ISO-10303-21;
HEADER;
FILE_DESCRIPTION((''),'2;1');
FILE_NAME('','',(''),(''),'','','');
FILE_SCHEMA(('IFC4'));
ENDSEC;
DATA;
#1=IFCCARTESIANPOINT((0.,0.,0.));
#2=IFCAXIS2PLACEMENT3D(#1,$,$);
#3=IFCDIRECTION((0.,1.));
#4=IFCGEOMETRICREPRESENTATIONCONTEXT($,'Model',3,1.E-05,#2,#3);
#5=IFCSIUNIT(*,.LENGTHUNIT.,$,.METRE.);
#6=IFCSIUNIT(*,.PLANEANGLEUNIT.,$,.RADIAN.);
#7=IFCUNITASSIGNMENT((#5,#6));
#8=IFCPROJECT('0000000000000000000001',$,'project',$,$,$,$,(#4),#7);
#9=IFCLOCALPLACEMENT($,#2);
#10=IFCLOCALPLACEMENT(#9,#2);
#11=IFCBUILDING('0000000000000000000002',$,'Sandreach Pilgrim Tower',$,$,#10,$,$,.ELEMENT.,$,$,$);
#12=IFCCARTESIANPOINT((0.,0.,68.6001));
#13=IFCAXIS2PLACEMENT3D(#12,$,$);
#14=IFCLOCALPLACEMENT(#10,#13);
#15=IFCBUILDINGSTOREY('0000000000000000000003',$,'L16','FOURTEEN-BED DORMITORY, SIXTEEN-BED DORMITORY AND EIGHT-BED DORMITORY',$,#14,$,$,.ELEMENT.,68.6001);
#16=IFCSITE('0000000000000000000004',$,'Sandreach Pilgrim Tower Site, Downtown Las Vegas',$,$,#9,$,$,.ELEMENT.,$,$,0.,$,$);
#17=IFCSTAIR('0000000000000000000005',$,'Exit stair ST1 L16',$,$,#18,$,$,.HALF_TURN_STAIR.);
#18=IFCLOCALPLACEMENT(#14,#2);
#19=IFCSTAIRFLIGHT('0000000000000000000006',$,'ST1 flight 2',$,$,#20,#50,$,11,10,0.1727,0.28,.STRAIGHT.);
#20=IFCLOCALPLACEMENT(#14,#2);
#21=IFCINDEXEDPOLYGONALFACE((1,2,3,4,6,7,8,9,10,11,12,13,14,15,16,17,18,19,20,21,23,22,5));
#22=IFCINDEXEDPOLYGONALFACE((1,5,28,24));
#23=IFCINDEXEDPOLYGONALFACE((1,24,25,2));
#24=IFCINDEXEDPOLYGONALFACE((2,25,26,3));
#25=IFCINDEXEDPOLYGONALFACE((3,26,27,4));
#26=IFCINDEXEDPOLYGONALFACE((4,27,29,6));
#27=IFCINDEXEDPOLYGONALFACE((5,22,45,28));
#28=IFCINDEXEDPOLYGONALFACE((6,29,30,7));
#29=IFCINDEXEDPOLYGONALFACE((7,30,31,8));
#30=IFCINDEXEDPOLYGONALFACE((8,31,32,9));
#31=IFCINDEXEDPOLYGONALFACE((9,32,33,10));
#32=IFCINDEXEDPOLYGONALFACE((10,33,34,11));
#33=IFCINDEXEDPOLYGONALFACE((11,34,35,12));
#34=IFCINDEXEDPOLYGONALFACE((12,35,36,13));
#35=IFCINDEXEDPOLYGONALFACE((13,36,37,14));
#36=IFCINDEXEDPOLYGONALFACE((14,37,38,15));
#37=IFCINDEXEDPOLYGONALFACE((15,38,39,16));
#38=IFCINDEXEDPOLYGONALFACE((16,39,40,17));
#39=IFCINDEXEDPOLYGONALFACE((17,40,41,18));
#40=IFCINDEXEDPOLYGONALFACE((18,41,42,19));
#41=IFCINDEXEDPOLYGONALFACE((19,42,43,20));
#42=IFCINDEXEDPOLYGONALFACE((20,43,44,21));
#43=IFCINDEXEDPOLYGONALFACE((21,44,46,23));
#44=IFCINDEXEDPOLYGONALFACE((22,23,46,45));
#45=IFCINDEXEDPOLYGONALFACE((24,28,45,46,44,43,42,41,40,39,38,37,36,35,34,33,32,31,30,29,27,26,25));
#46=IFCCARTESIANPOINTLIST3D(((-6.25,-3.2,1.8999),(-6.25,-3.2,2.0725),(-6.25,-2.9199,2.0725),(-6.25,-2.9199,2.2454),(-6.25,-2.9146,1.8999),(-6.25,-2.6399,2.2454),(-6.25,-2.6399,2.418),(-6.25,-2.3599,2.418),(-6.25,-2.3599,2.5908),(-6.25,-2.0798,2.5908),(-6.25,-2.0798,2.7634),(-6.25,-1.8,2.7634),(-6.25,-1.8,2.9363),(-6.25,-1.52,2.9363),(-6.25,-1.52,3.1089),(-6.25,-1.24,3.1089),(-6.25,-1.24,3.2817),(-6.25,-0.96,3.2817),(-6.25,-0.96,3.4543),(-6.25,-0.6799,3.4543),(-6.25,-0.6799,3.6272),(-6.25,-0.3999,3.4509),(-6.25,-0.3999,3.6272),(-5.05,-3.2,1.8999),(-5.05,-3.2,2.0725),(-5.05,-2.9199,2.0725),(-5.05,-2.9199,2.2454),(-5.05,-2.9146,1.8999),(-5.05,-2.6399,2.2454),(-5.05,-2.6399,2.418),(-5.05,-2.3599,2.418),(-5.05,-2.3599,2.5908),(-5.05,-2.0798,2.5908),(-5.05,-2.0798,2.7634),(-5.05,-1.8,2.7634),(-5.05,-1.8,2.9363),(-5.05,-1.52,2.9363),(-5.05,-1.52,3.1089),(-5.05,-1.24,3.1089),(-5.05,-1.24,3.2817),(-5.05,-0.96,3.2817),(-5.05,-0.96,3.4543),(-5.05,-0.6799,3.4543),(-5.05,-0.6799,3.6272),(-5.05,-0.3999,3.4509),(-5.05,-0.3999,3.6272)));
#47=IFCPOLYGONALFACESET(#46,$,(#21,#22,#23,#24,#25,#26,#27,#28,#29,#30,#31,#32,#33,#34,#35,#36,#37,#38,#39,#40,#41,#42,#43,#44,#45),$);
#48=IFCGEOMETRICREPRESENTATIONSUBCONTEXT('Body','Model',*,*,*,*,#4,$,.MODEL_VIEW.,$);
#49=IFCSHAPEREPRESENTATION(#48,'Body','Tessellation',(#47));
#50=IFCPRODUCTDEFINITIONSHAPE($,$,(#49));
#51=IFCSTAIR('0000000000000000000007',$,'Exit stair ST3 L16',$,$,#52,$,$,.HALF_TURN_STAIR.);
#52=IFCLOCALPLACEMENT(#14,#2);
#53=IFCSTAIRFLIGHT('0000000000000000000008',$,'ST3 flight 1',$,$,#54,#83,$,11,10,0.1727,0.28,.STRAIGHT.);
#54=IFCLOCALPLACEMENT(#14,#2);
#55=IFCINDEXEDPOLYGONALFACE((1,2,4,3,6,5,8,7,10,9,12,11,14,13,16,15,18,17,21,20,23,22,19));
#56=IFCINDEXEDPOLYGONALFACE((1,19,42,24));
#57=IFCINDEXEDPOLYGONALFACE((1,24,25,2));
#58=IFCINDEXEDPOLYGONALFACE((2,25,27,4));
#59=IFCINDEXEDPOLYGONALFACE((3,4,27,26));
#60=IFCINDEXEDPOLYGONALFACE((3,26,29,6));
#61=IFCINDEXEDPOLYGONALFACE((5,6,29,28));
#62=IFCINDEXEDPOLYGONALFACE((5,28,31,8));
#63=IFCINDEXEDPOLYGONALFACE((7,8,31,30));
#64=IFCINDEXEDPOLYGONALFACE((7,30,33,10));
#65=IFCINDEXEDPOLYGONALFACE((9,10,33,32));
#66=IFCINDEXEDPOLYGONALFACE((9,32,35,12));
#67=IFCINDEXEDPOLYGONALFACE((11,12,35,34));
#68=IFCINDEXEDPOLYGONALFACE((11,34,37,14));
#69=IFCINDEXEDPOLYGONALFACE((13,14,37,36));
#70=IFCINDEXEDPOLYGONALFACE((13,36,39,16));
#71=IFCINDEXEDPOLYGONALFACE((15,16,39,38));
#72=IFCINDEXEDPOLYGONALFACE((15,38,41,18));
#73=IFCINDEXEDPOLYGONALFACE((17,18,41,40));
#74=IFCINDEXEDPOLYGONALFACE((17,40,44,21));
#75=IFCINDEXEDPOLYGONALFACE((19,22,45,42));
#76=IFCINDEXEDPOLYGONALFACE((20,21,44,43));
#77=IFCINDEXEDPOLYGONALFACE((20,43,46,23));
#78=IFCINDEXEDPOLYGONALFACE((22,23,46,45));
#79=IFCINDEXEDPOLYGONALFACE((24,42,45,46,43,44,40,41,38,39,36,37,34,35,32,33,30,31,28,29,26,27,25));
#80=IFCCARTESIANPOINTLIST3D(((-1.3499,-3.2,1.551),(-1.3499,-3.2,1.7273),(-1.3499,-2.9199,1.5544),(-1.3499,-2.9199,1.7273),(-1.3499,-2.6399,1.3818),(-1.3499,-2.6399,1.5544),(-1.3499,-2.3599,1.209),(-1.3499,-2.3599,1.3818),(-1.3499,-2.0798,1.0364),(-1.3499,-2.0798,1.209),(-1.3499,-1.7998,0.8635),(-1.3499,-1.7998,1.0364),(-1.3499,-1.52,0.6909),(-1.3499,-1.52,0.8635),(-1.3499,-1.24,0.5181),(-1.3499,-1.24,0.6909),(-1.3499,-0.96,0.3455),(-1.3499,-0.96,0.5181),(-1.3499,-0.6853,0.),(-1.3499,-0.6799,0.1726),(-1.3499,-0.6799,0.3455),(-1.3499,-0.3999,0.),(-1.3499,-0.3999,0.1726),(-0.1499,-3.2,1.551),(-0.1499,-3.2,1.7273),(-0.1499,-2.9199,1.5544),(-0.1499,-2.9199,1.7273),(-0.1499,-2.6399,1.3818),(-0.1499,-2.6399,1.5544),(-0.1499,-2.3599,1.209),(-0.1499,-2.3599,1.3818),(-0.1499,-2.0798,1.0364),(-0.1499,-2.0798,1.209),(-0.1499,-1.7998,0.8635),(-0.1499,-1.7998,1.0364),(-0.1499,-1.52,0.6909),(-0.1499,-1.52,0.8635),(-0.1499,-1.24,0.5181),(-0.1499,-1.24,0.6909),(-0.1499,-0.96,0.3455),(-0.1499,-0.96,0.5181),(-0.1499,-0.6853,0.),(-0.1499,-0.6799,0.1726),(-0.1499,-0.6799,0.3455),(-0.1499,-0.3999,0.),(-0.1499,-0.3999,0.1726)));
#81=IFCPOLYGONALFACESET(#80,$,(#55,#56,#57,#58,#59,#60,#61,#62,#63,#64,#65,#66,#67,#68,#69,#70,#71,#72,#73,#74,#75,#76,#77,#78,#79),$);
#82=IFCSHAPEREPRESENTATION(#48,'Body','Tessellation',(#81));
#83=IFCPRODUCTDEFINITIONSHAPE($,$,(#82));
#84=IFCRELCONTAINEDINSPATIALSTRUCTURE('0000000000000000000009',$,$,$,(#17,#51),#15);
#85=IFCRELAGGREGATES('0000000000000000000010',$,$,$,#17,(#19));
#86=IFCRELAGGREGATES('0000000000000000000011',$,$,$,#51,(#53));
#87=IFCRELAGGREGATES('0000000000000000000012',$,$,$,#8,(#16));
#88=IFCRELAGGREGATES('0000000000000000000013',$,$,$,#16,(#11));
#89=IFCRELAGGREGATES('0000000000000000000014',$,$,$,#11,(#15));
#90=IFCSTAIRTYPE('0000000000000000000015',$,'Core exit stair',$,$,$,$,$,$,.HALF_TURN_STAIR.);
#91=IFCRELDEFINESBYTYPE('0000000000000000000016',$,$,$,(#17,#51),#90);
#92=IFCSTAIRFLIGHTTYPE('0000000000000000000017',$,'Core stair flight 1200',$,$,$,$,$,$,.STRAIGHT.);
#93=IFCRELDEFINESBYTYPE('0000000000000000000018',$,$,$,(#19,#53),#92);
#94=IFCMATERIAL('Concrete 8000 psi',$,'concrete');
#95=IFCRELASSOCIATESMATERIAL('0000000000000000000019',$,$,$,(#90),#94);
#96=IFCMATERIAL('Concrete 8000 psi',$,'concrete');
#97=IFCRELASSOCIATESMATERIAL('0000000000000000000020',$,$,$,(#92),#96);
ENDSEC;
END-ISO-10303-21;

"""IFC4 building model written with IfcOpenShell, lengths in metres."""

from ifc_helpers import new_model, si_unit, direction, frame, origin, place, context, subcontext, project, spatial, polyline, outline, extrude, material, type_object, element, aggregate, save


model = new_model("IFC4")

# Units and contexts
model_context = context("Model", 3, precision=1e-05, world=origin(), true_north=direction((0.0, 1.0)))
body_context = subcontext(model_context, "Body", "Model", "MODEL_VIEW")
ifc_project = project(units=[si_unit("LENGTHUNIT", "METRE"), si_unit("PLANEANGLEUNIT", "RADIAN")], contexts=[model_context])

# Site, building, storey
site_placement = place(None, origin())
site = spatial("IfcSite", under=ifc_project, at=site_placement, Name="Sandreach Pilgrim Tower Site, Downtown Las Vegas", CompositionType="ELEMENT", RefElevation=0.0)
building_placement = place(site_placement, origin())
building = spatial("IfcBuilding", under=site, at=building_placement, Name="Sandreach Pilgrim Tower", CompositionType="ELEMENT")
storey_placement = place(building_placement, frame((0.0, 0.0, 68.6001)))
storey = spatial("IfcBuildingStorey", under=building, at=storey_placement, Name="L16", Description="FOURTEEN-BED DORMITORY, SIXTEEN-BED DORMITORY AND EIGHT-BED DORMITORY", CompositionType="ELEMENT", Elevation=68.6001)

# Stair, stair flight
ifc_material_1 = material(Name="Concrete 8000 psi", Category="concrete")
stair_type = type_object("IfcStairType", Name="Core exit stair", PredefinedType="HALF_TURN_STAIR", material=ifc_material_1)
stair_1_placement = place(storey_placement, origin())
stair_1 = element("IfcStair", 1, at=stair_1_placement, inside=storey, type_object=stair_type, Name="Exit stair ST1 L16", PredefinedType="HALF_TURN_STAIR")
ifc_material_2 = material(Name="Concrete 8000 psi", Category="concrete")
stair_flight_type = type_object("IfcStairFlightType", Name="Core stair flight 1200", PredefinedType="STRAIGHT", material=ifc_material_2)
stair_flight_1_placement = place(storey_placement, frame((-5.6499, -3.2, 1.8999), z_axis=(0.0, 0.0, 1.0), x_axis=(0.0, 1.0, 0.0)))
stair_flight_1 = element("IfcStairFlight", 2, at=stair_flight_1_placement, type_object=stair_flight_type, Name="ST1 flight 2", NumberOfRisers=11, NumberOfTreads=10, PredefinedType="STRAIGHT", RiserHeight=0.1727, TreadLength=0.28, context=body_context, shape_type="SweptSolid", body=[
    extrude(outline(polyline([(0.0, 0.0), (0.0, 0.1726), (0.28, 0.1726), (0.28, 0.3455), (0.5601, 0.3455), (0.5601, 0.5181), (0.8401, 0.5181), (0.8401, 0.6909), (1.1201, 0.6909), (1.1201, 0.8635), (1.3999, 0.8635), (1.3999, 1.0364), (1.6799, 1.0364), (1.6799, 1.209), (1.96, 1.209), (1.96, 1.3818), (2.24, 1.3818), (2.24, 1.5544), (2.52, 1.5544), (2.52, 1.7273), (2.8, 1.7273), (2.8, 1.8999), (2.8, 1.551), (0.2854, 0.0), (0.0, 0.0)])), frame((0.0, 0.6001, 0.0), z_axis=(0.0, -1.0, 0.0), x_axis=(1.0, 0.0, 0.0)), (0.0, 0.0, 1.0), 1.2),
])
aggregate(stair_1, [stair_flight_1])

# Stair, stair flight
stair_2_placement = place(storey_placement, origin())
stair_2 = element("IfcStair", 3, at=stair_2_placement, inside=storey, type_object=stair_type, Name="Exit stair ST3 L16", PredefinedType="HALF_TURN_STAIR")
stair_flight_2_placement = place(storey_placement, frame((-0.75, -0.3999, 0.0), z_axis=(0.0, 0.0, 1.0), x_axis=(0.0, -1.0, 0.0)))
stair_flight_2 = element("IfcStairFlight", 4, at=stair_flight_2_placement, type_object=stair_flight_type, Name="ST3 flight 1", NumberOfRisers=11, NumberOfTreads=10, PredefinedType="STRAIGHT", RiserHeight=0.1727, TreadLength=0.28, context=body_context, shape_type="SweptSolid", body=[
    extrude(outline(polyline([(0.0, 0.0), (0.0, 0.1726), (0.28, 0.1726), (0.28, 0.3455), (0.5601, 0.3455), (0.5601, 0.5181), (0.8401, 0.5181), (0.8401, 0.6909), (1.1201, 0.6909), (1.1201, 0.8635), (1.3999, 0.8635), (1.3999, 1.0364), (1.6799, 1.0364), (1.6799, 1.209), (1.96, 1.209), (1.96, 1.3818), (2.24, 1.3818), (2.24, 1.5544), (2.52, 1.5544), (2.52, 1.7273), (2.8, 1.7273), (2.8, 1.8999), (2.8, 1.551), (0.2854, 0.0), (0.0, 0.0)])), frame((0.0, 0.6001, 0.0), z_axis=(0.0, -1.0, 0.0), x_axis=(1.0, 0.0, 0.0)), (0.0, 0.0, 1.0), 1.2),
])
aggregate(stair_2, [stair_flight_2])

save(model, "model.ifc")
